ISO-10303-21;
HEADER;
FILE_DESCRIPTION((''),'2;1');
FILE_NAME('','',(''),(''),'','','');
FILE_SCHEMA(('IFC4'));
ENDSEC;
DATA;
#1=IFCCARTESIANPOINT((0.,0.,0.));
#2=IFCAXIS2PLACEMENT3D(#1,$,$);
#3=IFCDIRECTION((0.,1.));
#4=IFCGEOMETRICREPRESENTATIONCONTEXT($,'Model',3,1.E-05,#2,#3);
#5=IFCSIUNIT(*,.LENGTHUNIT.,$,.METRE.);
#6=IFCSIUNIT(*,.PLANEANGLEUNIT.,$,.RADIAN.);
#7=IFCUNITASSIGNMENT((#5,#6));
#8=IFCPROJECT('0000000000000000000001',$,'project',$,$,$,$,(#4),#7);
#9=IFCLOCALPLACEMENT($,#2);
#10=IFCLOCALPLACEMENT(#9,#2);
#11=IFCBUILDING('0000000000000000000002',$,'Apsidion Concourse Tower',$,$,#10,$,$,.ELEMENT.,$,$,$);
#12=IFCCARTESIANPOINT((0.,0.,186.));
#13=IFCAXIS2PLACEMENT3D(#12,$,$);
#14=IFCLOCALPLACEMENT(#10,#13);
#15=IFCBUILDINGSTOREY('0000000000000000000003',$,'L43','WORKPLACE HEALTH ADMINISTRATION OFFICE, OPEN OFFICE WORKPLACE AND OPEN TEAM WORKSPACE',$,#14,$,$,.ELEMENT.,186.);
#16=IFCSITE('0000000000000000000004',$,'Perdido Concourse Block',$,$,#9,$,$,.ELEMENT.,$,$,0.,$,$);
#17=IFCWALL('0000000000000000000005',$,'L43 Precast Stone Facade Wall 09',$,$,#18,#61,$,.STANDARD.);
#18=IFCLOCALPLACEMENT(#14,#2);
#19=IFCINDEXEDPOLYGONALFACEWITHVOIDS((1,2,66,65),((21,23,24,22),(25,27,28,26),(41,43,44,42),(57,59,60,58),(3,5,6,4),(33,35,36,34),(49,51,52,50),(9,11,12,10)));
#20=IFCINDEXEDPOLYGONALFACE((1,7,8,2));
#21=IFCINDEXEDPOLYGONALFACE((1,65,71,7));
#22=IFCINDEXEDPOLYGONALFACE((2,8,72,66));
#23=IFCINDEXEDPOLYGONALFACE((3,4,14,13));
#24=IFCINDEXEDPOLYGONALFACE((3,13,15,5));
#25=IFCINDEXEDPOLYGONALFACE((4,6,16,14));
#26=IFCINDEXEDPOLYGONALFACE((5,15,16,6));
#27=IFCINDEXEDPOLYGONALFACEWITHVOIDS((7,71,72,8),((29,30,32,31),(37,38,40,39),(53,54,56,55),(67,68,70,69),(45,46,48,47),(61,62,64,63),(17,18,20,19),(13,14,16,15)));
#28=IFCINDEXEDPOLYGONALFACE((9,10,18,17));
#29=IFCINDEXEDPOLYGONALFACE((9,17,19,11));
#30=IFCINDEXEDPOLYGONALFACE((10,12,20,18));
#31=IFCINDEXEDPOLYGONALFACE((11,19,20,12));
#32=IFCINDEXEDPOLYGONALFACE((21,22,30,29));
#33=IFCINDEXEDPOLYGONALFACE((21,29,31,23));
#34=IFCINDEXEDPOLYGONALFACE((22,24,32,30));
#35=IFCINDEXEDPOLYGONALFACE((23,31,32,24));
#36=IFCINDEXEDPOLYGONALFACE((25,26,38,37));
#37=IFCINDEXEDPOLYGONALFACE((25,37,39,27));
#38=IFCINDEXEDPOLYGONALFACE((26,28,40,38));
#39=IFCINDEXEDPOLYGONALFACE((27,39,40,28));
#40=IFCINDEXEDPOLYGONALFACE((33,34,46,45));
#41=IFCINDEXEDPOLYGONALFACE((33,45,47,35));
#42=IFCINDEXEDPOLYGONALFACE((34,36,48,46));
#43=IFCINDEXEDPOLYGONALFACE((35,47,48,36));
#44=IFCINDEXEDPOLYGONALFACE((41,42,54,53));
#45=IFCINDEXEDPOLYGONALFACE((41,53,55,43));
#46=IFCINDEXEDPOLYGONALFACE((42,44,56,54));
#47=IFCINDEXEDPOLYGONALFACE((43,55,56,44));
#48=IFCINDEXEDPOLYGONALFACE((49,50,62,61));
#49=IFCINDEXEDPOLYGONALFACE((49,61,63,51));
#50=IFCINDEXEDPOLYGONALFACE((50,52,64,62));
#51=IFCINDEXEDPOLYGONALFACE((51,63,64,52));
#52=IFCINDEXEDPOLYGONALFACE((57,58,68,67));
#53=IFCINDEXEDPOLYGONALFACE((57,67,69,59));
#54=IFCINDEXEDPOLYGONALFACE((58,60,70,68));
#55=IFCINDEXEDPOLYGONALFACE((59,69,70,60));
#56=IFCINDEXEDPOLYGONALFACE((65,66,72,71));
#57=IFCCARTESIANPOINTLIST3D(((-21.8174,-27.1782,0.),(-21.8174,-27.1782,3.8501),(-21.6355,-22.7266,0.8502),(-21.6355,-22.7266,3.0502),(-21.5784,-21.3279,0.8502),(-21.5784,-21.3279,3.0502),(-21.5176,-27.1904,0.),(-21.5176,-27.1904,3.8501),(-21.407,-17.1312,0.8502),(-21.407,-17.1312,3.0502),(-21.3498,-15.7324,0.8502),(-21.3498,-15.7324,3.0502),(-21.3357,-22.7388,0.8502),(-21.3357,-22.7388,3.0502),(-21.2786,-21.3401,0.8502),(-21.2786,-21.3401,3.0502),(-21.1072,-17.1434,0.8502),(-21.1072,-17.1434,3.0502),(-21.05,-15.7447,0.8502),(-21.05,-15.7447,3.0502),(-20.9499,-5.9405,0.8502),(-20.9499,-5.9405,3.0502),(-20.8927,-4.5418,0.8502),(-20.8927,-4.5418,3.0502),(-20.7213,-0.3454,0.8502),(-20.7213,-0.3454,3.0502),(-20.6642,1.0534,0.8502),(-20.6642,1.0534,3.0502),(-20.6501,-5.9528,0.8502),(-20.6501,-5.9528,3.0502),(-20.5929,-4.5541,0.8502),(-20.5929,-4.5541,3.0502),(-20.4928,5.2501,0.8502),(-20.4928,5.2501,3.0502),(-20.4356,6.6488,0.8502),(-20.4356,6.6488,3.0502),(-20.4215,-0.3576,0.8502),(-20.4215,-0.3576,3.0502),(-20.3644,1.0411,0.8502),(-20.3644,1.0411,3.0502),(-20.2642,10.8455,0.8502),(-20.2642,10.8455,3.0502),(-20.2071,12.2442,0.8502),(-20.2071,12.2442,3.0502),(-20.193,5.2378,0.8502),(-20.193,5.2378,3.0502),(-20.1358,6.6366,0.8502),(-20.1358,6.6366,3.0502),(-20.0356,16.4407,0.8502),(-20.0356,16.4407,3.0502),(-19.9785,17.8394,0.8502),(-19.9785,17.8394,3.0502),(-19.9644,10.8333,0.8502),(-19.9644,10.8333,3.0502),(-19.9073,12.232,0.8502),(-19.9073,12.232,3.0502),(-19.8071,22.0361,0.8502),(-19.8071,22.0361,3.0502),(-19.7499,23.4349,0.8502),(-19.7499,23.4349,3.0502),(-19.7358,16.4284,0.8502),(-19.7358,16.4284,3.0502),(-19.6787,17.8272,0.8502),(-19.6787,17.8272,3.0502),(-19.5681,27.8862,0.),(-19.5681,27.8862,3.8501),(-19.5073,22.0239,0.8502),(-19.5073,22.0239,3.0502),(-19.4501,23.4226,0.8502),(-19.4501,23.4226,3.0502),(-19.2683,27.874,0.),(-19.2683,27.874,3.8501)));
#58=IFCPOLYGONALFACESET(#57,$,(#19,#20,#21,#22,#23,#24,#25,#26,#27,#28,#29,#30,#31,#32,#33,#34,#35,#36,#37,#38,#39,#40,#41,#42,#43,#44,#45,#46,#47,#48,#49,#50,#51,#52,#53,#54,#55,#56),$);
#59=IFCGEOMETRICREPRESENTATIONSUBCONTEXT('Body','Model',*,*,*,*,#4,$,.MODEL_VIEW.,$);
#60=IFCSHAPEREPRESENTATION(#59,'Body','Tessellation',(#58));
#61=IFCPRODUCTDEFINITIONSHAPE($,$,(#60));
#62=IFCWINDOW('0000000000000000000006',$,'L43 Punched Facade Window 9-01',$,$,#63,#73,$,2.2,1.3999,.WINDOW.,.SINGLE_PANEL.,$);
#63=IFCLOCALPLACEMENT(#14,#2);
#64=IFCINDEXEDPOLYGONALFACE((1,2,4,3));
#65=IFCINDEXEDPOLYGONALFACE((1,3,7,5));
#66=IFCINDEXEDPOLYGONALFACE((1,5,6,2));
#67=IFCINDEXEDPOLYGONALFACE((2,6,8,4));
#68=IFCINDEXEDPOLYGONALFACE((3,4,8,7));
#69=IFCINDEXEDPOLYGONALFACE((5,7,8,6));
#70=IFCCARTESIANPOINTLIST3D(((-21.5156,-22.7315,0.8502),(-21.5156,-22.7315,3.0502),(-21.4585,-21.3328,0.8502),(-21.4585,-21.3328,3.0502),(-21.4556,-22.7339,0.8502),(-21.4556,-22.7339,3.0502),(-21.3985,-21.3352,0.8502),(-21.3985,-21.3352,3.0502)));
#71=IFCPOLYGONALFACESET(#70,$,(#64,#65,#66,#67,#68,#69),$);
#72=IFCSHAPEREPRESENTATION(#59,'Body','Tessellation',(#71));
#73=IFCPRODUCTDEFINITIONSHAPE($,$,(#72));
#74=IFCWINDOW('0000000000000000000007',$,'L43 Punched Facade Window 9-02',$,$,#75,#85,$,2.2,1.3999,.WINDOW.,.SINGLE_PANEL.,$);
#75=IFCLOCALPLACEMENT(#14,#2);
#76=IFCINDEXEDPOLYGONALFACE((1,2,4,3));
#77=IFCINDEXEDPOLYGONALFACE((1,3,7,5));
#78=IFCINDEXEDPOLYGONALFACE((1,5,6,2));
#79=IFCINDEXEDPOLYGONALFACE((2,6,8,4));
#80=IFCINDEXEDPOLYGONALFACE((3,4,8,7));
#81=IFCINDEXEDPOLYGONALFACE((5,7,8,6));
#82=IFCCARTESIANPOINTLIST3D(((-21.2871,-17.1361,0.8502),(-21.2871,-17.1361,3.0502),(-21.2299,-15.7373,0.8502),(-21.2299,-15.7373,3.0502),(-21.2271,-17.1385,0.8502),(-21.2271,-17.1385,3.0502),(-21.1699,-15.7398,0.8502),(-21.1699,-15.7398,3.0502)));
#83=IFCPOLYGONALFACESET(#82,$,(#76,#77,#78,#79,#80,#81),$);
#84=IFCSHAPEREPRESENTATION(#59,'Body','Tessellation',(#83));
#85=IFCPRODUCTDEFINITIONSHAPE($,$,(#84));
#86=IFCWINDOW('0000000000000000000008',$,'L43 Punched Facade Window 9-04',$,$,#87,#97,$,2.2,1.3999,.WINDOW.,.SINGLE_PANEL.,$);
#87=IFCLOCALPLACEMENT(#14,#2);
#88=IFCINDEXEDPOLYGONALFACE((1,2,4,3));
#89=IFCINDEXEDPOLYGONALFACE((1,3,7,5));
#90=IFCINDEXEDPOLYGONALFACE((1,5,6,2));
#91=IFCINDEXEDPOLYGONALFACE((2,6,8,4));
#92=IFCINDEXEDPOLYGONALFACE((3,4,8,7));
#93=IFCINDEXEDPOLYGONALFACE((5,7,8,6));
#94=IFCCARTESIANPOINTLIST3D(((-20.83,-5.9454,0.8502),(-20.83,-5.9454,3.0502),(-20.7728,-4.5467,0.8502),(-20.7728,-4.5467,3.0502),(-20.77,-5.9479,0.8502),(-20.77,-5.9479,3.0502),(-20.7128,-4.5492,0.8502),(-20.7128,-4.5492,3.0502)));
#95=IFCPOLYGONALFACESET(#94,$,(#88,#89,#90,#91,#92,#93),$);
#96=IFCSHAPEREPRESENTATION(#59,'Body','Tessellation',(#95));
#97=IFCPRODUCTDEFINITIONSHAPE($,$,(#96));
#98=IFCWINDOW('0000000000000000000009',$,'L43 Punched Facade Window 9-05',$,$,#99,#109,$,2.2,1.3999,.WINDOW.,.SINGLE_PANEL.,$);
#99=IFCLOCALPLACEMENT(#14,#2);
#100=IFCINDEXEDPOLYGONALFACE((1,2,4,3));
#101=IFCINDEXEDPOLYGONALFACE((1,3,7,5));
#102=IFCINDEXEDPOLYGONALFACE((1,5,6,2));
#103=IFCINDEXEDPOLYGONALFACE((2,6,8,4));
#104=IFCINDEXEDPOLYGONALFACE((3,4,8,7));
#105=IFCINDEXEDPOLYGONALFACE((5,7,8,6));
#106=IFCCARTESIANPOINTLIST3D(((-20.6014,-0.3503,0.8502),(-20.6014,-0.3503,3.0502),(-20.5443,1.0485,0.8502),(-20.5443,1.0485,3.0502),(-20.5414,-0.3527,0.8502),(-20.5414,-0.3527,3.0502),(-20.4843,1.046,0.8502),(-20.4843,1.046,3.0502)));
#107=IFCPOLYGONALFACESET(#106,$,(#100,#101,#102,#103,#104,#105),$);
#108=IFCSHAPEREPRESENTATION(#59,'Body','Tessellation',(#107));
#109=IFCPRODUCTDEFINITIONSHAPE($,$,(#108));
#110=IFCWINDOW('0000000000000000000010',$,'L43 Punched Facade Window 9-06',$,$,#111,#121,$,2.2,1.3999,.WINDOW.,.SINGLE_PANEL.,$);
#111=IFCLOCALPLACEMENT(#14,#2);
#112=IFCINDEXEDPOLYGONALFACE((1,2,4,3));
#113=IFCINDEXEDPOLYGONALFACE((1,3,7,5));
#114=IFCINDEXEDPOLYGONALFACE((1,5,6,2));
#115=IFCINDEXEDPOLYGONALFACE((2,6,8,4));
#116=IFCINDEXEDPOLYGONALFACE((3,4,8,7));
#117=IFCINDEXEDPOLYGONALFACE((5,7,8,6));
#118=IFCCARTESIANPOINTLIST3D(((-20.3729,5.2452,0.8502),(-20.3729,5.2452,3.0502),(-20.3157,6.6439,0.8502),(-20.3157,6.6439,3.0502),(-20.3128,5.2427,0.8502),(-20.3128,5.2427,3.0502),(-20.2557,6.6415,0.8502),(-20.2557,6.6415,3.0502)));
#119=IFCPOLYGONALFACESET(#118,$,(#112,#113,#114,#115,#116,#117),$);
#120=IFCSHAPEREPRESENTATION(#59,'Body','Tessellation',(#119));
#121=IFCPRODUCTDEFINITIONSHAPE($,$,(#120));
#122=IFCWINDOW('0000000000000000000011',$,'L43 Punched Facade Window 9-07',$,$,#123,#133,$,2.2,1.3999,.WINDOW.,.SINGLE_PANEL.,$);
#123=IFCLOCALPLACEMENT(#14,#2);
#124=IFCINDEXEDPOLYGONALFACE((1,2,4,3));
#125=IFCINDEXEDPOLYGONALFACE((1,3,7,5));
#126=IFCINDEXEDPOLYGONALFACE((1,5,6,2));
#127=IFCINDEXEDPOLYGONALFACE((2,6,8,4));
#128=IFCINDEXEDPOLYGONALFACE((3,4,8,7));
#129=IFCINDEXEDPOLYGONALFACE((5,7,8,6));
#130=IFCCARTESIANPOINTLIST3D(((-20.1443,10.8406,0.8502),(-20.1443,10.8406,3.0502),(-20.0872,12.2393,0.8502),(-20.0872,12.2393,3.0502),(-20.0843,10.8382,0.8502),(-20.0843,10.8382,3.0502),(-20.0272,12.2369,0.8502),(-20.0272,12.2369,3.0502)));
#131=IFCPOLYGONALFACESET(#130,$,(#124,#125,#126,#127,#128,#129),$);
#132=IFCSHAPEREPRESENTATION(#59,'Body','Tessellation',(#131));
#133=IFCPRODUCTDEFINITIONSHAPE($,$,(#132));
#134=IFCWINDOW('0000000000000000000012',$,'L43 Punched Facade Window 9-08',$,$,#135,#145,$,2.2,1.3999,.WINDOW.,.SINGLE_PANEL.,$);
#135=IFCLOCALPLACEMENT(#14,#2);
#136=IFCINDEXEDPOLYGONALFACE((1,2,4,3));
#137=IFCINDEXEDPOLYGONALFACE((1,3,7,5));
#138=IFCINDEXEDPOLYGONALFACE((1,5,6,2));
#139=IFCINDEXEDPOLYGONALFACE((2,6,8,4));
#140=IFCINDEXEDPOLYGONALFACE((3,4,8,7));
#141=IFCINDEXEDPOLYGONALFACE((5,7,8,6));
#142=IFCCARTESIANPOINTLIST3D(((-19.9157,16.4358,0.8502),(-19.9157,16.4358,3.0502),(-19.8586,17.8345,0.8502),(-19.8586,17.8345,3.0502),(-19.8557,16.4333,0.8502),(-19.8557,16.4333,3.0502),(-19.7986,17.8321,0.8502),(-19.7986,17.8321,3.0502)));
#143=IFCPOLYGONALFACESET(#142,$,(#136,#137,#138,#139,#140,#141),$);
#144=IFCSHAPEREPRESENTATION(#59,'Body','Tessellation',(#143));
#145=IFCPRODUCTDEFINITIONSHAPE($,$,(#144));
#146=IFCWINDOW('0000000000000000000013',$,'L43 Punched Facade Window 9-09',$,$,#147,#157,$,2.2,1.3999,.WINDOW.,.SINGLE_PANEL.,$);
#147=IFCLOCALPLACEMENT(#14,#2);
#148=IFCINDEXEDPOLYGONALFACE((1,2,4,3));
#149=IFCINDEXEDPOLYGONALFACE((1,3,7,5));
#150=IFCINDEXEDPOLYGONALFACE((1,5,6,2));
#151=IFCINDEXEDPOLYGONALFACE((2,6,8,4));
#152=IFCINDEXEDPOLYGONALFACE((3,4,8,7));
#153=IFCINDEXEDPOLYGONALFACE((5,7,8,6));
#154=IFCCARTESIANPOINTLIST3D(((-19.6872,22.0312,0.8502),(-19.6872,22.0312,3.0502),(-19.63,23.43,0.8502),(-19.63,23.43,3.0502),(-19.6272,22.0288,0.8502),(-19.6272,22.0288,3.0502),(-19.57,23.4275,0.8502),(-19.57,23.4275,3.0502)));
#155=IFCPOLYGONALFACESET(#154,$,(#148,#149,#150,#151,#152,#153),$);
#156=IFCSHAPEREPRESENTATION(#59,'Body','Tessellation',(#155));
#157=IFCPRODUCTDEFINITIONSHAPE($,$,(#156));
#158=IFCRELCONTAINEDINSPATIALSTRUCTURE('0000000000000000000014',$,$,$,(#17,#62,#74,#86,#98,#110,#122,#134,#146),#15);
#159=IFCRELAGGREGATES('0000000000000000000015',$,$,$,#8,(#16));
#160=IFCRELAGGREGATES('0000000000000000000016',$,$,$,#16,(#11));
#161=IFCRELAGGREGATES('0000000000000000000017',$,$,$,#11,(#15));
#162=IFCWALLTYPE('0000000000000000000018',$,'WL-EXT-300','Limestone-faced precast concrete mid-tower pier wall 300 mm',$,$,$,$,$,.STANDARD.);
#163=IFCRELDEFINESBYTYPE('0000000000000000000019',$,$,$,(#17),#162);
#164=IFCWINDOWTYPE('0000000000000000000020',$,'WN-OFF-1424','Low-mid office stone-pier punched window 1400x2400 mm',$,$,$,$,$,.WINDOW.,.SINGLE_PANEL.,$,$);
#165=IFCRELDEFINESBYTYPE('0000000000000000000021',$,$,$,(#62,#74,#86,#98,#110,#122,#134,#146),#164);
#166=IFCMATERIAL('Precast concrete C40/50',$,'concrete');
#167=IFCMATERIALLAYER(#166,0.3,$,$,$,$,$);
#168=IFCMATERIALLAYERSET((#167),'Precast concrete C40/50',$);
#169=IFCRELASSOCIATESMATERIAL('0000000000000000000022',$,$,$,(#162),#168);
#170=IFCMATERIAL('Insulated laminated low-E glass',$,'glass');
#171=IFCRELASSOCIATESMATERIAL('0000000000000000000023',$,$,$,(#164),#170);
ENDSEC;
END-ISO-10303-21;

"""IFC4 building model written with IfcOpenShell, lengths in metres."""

from ifc_helpers import new_model, si_unit, direction, frame, frame_2d, origin, place, context, subcontext, project, spatial, rectangle, extrude, material, layer, layer_set, type_object, element, fill, save


model = new_model("IFC4")

# Units and contexts
model_context = context("Model", 3, precision=1e-05, world=origin(), true_north=direction((0.0, 1.0)))
body_context = subcontext(model_context, "Body", "Model", "MODEL_VIEW")
ifc_project = project(units=[si_unit("LENGTHUNIT", "METRE"), si_unit("PLANEANGLEUNIT", "RADIAN")], contexts=[model_context])

# Site, building, storey
site_placement = place(None, origin())
site = spatial("IfcSite", under=ifc_project, at=site_placement, Name="Perdido Concourse Block", CompositionType="ELEMENT", RefElevation=0.0)
building_placement = place(site_placement, origin())
building = spatial("IfcBuilding", under=site, at=building_placement, Name="Apsidion Concourse Tower", CompositionType="ELEMENT")
storey_placement = place(building_placement, frame((0.0, 0.0, 186.0)))
storey = spatial("IfcBuildingStorey", under=building, at=storey_placement, Name="L43", Description="WORKPLACE HEALTH ADMINISTRATION OFFICE, OPEN OFFICE WORKPLACE AND OPEN TEAM WORKSPACE", CompositionType="ELEMENT", Elevation=186.0)

# Shared definitions
ifc_material_1 = material(Name="Precast concrete C40/50", Category="concrete")
ifc_layer_1 = layer(ifc_material_1, 0.3)
ifc_layer_set_1 = layer_set([ifc_layer_1], Name="Precast concrete C40/50")
wall_type_1 = type_object("IfcWallType", Name="WL-EXT-300", Description="Limestone-faced precast concrete mid-tower pier wall 300 mm", PredefinedType="STANDARD", material=ifc_layer_set_1)

# Wall, openings, windows
wall_1_placement = place(storey_placement, frame((-21.6675, -27.1843, 0.0), z_axis=(0.0, 0.0, 1.0), x_axis=(0.040814, 0.999167, 0.0)))
wall_1 = element("IfcWall", 1, at=wall_1_placement, inside=storey, type_object=wall_type_1, Name="L43 Precast Stone Facade Wall 09", PredefinedType="STANDARD", context=body_context, shape_type="SweptSolid", body=[
    extrude(rectangle(XDim=55.1104, YDim=0.3, at=frame_2d((27.5552, 0.0))), origin(), (0.0, 0.0, 1.0), 3.8501),
])
opening_1_placement = place(wall_1_placement, frame((4.4553, 0.0, 0.8501)))
opening_1 = element("IfcOpeningElement", 2, at=opening_1_placement, cuts=wall_1, PredefinedType="OPENING", context=body_context, shape_type="SweptSolid", body=[
    extrude(rectangle(XDim=1.3999, YDim=2.2, at=frame_2d((0.7, 1.1001))), frame((0.0, 0.1602, 0.0), z_axis=(0.0, -1.0, 0.0), x_axis=(1.0, 0.0, 0.0)), (0.0, 0.0, 1.0), 0.3201),
])
opening_2_placement = place(wall_1_placement, frame((10.0554, 0.0, 0.8501)))
opening_2 = element("IfcOpeningElement", 3, at=opening_2_placement, cuts=wall_1, PredefinedType="OPENING", context=body_context, shape_type="SweptSolid", body=[
    extrude(rectangle(XDim=1.3999, YDim=2.2, at=frame_2d((0.7, 1.1001))), frame((0.0, 0.1602, 0.0), z_axis=(0.0, -1.0, 0.0), x_axis=(1.0, 0.0, 0.0)), (0.0, 0.0, 1.0), 0.3201),
])
opening_3_placement = place(wall_1_placement, frame((21.2554, 0.0, 0.8501)))
opening_3 = element("IfcOpeningElement", 4, at=opening_3_placement, cuts=wall_1, PredefinedType="OPENING", context=body_context, shape_type="SweptSolid", body=[
    extrude(rectangle(XDim=1.3999, YDim=2.2, at=frame_2d((0.7, 1.1001))), frame((0.0, 0.1602, 0.0), z_axis=(0.0, -1.0, 0.0), x_axis=(1.0, 0.0, 0.0)), (0.0, 0.0, 1.0), 0.3201),
])
opening_4_placement = place(wall_1_placement, frame((26.8552, 0.0, 0.8501)))
opening_4 = element("IfcOpeningElement", 5, at=opening_4_placement, cuts=wall_1, PredefinedType="OPENING", context=body_context, shape_type="SweptSolid", body=[
    extrude(rectangle(XDim=1.3999, YDim=2.2, at=frame_2d((0.7, 1.1001))), frame((0.0, 0.1602, 0.0), z_axis=(0.0, -1.0, 0.0), x_axis=(1.0, 0.0, 0.0)), (0.0, 0.0, 1.0), 0.3201),
])
opening_5_placement = place(wall_1_placement, frame((32.4553, 0.0, 0.8501)))
opening_5 = element("IfcOpeningElement", 6, at=opening_5_placement, cuts=wall_1, PredefinedType="OPENING", context=body_context, shape_type="SweptSolid", body=[
    extrude(rectangle(XDim=1.3999, YDim=2.2, at=frame_2d((0.7, 1.1001))), frame((0.0, 0.1602, 0.0), z_axis=(0.0, -1.0, 0.0), x_axis=(1.0, 0.0, 0.0)), (0.0, 0.0, 1.0), 0.3201),
])
opening_6_placement = place(wall_1_placement, frame((38.0554, 0.0, 0.8501)))
opening_6 = element("IfcOpeningElement", 7, at=opening_6_placement, cuts=wall_1, PredefinedType="OPENING", context=body_context, shape_type="SweptSolid", body=[
    extrude(rectangle(XDim=1.3999, YDim=2.2, at=frame_2d((0.7, 1.1001))), frame((0.0, 0.1602, 0.0), z_axis=(0.0, -1.0, 0.0), x_axis=(1.0, 0.0, 0.0)), (0.0, 0.0, 1.0), 0.3201),
])
opening_7_placement = place(wall_1_placement, frame((43.6553, 0.0, 0.8501)))
opening_7 = element("IfcOpeningElement", 8, at=opening_7_placement, cuts=wall_1, PredefinedType="OPENING", context=body_context, shape_type="SweptSolid", body=[
    extrude(rectangle(XDim=1.3999, YDim=2.2, at=frame_2d((0.7, 1.1001))), frame((0.0, 0.1602, 0.0), z_axis=(0.0, -1.0, 0.0), x_axis=(1.0, 0.0, 0.0)), (0.0, 0.0, 1.0), 0.3201),
])
opening_8_placement = place(wall_1_placement, frame((49.2554, 0.0, 0.8501)))
opening_8 = element("IfcOpeningElement", 9, at=opening_8_placement, cuts=wall_1, PredefinedType="OPENING", context=body_context, shape_type="SweptSolid", body=[
    extrude(rectangle(XDim=1.3999, YDim=2.2, at=frame_2d((0.7, 1.1001))), frame((0.0, 0.1602, 0.0), z_axis=(0.0, -1.0, 0.0), x_axis=(1.0, 0.0, 0.0)), (0.0, 0.0, 1.0), 0.3201),
])
ifc_material_2 = material(Name="Insulated laminated low-E glass", Category="glass")
window_type = type_object("IfcWindowType", Name="WN-OFF-1424", Description="Low-mid office stone-pier punched window 1400x2400 mm", PartitioningType="SINGLE_PANEL", PredefinedType="WINDOW", material=ifc_material_2)
window_1_placement = place(opening_1_placement, origin())
window_1 = element("IfcWindow", 10, at=window_1_placement, inside=storey, type_object=window_type, Name="L43 Punched Facade Window 9-01", OverallHeight=2.2, OverallWidth=1.3999, PartitioningType="SINGLE_PANEL", PredefinedType="WINDOW", context=body_context, shape_type="SweptSolid", body=[
    extrude(rectangle(XDim=1.3999, YDim=2.2, at=frame_2d((0.7, 1.1001))), frame((0.0, 0.03, 0.0), z_axis=(0.0, -1.0, 0.0), x_axis=(1.0, 0.0, 0.0)), (0.0, 0.0, 1.0), 0.0601),
])
fill(opening_1, window_1)
window_2_placement = place(opening_2_placement, origin())
window_2 = element("IfcWindow", 11, at=window_2_placement, inside=storey, type_object=window_type, Name="L43 Punched Facade Window 9-02", OverallHeight=2.2, OverallWidth=1.3999, PartitioningType="SINGLE_PANEL", PredefinedType="WINDOW", context=body_context, shape_type="SweptSolid", body=[
    extrude(rectangle(XDim=1.3999, YDim=2.2, at=frame_2d((0.7, 1.1001))), frame((0.0, 0.03, 0.0), z_axis=(0.0, -1.0, 0.0), x_axis=(1.0, 0.0, 0.0)), (0.0, 0.0, 1.0), 0.0601),
])
fill(opening_2, window_2)
window_3_placement = place(opening_3_placement, origin())
window_3 = element("IfcWindow", 12, at=window_3_placement, inside=storey, type_object=window_type, Name="L43 Punched Facade Window 9-04", OverallHeight=2.2, OverallWidth=1.3999, PartitioningType="SINGLE_PANEL", PredefinedType="WINDOW", context=body_context, shape_type="SweptSolid", body=[
    extrude(rectangle(XDim=1.3999, YDim=2.2, at=frame_2d((0.7, 1.1001))), frame((0.0, 0.03, 0.0), z_axis=(0.0, -1.0, 0.0), x_axis=(1.0, 0.0, 0.0)), (0.0, 0.0, 1.0), 0.0601),
])
fill(opening_3, window_3)
window_4_placement = place(opening_4_placement, origin())
window_4 = element("IfcWindow", 13, at=window_4_placement, inside=storey, type_object=window_type, Name="L43 Punched Facade Window 9-05", OverallHeight=2.2, OverallWidth=1.3999, PartitioningType="SINGLE_PANEL", PredefinedType="WINDOW", context=body_context, shape_type="SweptSolid", body=[
    extrude(rectangle(XDim=1.3999, YDim=2.2, at=frame_2d((0.7, 1.1001))), frame((0.0, 0.03, 0.0), z_axis=(0.0, -1.0, 0.0), x_axis=(1.0, 0.0, 0.0)), (0.0, 0.0, 1.0), 0.0601),
])
fill(opening_4, window_4)
window_5_placement = place(opening_5_placement, origin())
window_5 = element("IfcWindow", 14, at=window_5_placement, inside=storey, type_object=window_type, Name="L43 Punched Facade Window 9-06", OverallHeight=2.2, OverallWidth=1.3999, PartitioningType="SINGLE_PANEL", PredefinedType="WINDOW", context=body_context, shape_type="SweptSolid", body=[
    extrude(rectangle(XDim=1.3999, YDim=2.2, at=frame_2d((0.7, 1.1001))), frame((0.0, 0.03, 0.0), z_axis=(0.0, -1.0, 0.0), x_axis=(1.0, 0.0, 0.0)), (0.0, 0.0, 1.0), 0.0601),
])
fill(opening_5, window_5)
window_6_placement = place(opening_6_placement, origin())
window_6 = element("IfcWindow", 15, at=window_6_placement, inside=storey, type_object=window_type, Name="L43 Punched Facade Window 9-07", OverallHeight=2.2, OverallWidth=1.3999, PartitioningType="SINGLE_PANEL", PredefinedType="WINDOW", context=body_context, shape_type="SweptSolid", body=[
    extrude(rectangle(XDim=1.3999, YDim=2.2, at=frame_2d((0.7, 1.1001))), frame((0.0, 0.03, 0.0), z_axis=(0.0, -1.0, 0.0), x_axis=(1.0, 0.0, 0.0)), (0.0, 0.0, 1.0), 0.0601),
])
fill(opening_6, window_6)
window_7_placement = place(opening_7_placement, origin())
window_7 = element("IfcWindow", 16, at=window_7_placement, inside=storey, type_object=window_type, Name="L43 Punched Facade Window 9-08", OverallHeight=2.2, OverallWidth=1.3999, PartitioningType="SINGLE_PANEL", PredefinedType="WINDOW", context=body_context, shape_type="SweptSolid", body=[
    extrude(rectangle(XDim=1.3999, YDim=2.2, at=frame_2d((0.7, 1.1001))), frame((0.0, 0.03, 0.0), z_axis=(0.0, -1.0, 0.0), x_axis=(1.0, 0.0, 0.0)), (0.0, 0.0, 1.0), 0.0601),
])
fill(opening_7, window_7)
window_8_placement = place(opening_8_placement, origin())
window_8 = element("IfcWindow", 17, at=window_8_placement, inside=storey, type_object=window_type, Name="L43 Punched Facade Window 9-09", OverallHeight=2.2, OverallWidth=1.3999, PartitioningType="SINGLE_PANEL", PredefinedType="WINDOW", context=body_context, shape_type="SweptSolid", body=[
    extrude(rectangle(XDim=1.3999, YDim=2.2, at=frame_2d((0.7, 1.1001))), frame((0.0, 0.03, 0.0), z_axis=(0.0, -1.0, 0.0), x_axis=(1.0, 0.0, 0.0)), (0.0, 0.0, 1.0), 0.0601),
])
fill(opening_8, window_8)

save(model, "model.ifc")
